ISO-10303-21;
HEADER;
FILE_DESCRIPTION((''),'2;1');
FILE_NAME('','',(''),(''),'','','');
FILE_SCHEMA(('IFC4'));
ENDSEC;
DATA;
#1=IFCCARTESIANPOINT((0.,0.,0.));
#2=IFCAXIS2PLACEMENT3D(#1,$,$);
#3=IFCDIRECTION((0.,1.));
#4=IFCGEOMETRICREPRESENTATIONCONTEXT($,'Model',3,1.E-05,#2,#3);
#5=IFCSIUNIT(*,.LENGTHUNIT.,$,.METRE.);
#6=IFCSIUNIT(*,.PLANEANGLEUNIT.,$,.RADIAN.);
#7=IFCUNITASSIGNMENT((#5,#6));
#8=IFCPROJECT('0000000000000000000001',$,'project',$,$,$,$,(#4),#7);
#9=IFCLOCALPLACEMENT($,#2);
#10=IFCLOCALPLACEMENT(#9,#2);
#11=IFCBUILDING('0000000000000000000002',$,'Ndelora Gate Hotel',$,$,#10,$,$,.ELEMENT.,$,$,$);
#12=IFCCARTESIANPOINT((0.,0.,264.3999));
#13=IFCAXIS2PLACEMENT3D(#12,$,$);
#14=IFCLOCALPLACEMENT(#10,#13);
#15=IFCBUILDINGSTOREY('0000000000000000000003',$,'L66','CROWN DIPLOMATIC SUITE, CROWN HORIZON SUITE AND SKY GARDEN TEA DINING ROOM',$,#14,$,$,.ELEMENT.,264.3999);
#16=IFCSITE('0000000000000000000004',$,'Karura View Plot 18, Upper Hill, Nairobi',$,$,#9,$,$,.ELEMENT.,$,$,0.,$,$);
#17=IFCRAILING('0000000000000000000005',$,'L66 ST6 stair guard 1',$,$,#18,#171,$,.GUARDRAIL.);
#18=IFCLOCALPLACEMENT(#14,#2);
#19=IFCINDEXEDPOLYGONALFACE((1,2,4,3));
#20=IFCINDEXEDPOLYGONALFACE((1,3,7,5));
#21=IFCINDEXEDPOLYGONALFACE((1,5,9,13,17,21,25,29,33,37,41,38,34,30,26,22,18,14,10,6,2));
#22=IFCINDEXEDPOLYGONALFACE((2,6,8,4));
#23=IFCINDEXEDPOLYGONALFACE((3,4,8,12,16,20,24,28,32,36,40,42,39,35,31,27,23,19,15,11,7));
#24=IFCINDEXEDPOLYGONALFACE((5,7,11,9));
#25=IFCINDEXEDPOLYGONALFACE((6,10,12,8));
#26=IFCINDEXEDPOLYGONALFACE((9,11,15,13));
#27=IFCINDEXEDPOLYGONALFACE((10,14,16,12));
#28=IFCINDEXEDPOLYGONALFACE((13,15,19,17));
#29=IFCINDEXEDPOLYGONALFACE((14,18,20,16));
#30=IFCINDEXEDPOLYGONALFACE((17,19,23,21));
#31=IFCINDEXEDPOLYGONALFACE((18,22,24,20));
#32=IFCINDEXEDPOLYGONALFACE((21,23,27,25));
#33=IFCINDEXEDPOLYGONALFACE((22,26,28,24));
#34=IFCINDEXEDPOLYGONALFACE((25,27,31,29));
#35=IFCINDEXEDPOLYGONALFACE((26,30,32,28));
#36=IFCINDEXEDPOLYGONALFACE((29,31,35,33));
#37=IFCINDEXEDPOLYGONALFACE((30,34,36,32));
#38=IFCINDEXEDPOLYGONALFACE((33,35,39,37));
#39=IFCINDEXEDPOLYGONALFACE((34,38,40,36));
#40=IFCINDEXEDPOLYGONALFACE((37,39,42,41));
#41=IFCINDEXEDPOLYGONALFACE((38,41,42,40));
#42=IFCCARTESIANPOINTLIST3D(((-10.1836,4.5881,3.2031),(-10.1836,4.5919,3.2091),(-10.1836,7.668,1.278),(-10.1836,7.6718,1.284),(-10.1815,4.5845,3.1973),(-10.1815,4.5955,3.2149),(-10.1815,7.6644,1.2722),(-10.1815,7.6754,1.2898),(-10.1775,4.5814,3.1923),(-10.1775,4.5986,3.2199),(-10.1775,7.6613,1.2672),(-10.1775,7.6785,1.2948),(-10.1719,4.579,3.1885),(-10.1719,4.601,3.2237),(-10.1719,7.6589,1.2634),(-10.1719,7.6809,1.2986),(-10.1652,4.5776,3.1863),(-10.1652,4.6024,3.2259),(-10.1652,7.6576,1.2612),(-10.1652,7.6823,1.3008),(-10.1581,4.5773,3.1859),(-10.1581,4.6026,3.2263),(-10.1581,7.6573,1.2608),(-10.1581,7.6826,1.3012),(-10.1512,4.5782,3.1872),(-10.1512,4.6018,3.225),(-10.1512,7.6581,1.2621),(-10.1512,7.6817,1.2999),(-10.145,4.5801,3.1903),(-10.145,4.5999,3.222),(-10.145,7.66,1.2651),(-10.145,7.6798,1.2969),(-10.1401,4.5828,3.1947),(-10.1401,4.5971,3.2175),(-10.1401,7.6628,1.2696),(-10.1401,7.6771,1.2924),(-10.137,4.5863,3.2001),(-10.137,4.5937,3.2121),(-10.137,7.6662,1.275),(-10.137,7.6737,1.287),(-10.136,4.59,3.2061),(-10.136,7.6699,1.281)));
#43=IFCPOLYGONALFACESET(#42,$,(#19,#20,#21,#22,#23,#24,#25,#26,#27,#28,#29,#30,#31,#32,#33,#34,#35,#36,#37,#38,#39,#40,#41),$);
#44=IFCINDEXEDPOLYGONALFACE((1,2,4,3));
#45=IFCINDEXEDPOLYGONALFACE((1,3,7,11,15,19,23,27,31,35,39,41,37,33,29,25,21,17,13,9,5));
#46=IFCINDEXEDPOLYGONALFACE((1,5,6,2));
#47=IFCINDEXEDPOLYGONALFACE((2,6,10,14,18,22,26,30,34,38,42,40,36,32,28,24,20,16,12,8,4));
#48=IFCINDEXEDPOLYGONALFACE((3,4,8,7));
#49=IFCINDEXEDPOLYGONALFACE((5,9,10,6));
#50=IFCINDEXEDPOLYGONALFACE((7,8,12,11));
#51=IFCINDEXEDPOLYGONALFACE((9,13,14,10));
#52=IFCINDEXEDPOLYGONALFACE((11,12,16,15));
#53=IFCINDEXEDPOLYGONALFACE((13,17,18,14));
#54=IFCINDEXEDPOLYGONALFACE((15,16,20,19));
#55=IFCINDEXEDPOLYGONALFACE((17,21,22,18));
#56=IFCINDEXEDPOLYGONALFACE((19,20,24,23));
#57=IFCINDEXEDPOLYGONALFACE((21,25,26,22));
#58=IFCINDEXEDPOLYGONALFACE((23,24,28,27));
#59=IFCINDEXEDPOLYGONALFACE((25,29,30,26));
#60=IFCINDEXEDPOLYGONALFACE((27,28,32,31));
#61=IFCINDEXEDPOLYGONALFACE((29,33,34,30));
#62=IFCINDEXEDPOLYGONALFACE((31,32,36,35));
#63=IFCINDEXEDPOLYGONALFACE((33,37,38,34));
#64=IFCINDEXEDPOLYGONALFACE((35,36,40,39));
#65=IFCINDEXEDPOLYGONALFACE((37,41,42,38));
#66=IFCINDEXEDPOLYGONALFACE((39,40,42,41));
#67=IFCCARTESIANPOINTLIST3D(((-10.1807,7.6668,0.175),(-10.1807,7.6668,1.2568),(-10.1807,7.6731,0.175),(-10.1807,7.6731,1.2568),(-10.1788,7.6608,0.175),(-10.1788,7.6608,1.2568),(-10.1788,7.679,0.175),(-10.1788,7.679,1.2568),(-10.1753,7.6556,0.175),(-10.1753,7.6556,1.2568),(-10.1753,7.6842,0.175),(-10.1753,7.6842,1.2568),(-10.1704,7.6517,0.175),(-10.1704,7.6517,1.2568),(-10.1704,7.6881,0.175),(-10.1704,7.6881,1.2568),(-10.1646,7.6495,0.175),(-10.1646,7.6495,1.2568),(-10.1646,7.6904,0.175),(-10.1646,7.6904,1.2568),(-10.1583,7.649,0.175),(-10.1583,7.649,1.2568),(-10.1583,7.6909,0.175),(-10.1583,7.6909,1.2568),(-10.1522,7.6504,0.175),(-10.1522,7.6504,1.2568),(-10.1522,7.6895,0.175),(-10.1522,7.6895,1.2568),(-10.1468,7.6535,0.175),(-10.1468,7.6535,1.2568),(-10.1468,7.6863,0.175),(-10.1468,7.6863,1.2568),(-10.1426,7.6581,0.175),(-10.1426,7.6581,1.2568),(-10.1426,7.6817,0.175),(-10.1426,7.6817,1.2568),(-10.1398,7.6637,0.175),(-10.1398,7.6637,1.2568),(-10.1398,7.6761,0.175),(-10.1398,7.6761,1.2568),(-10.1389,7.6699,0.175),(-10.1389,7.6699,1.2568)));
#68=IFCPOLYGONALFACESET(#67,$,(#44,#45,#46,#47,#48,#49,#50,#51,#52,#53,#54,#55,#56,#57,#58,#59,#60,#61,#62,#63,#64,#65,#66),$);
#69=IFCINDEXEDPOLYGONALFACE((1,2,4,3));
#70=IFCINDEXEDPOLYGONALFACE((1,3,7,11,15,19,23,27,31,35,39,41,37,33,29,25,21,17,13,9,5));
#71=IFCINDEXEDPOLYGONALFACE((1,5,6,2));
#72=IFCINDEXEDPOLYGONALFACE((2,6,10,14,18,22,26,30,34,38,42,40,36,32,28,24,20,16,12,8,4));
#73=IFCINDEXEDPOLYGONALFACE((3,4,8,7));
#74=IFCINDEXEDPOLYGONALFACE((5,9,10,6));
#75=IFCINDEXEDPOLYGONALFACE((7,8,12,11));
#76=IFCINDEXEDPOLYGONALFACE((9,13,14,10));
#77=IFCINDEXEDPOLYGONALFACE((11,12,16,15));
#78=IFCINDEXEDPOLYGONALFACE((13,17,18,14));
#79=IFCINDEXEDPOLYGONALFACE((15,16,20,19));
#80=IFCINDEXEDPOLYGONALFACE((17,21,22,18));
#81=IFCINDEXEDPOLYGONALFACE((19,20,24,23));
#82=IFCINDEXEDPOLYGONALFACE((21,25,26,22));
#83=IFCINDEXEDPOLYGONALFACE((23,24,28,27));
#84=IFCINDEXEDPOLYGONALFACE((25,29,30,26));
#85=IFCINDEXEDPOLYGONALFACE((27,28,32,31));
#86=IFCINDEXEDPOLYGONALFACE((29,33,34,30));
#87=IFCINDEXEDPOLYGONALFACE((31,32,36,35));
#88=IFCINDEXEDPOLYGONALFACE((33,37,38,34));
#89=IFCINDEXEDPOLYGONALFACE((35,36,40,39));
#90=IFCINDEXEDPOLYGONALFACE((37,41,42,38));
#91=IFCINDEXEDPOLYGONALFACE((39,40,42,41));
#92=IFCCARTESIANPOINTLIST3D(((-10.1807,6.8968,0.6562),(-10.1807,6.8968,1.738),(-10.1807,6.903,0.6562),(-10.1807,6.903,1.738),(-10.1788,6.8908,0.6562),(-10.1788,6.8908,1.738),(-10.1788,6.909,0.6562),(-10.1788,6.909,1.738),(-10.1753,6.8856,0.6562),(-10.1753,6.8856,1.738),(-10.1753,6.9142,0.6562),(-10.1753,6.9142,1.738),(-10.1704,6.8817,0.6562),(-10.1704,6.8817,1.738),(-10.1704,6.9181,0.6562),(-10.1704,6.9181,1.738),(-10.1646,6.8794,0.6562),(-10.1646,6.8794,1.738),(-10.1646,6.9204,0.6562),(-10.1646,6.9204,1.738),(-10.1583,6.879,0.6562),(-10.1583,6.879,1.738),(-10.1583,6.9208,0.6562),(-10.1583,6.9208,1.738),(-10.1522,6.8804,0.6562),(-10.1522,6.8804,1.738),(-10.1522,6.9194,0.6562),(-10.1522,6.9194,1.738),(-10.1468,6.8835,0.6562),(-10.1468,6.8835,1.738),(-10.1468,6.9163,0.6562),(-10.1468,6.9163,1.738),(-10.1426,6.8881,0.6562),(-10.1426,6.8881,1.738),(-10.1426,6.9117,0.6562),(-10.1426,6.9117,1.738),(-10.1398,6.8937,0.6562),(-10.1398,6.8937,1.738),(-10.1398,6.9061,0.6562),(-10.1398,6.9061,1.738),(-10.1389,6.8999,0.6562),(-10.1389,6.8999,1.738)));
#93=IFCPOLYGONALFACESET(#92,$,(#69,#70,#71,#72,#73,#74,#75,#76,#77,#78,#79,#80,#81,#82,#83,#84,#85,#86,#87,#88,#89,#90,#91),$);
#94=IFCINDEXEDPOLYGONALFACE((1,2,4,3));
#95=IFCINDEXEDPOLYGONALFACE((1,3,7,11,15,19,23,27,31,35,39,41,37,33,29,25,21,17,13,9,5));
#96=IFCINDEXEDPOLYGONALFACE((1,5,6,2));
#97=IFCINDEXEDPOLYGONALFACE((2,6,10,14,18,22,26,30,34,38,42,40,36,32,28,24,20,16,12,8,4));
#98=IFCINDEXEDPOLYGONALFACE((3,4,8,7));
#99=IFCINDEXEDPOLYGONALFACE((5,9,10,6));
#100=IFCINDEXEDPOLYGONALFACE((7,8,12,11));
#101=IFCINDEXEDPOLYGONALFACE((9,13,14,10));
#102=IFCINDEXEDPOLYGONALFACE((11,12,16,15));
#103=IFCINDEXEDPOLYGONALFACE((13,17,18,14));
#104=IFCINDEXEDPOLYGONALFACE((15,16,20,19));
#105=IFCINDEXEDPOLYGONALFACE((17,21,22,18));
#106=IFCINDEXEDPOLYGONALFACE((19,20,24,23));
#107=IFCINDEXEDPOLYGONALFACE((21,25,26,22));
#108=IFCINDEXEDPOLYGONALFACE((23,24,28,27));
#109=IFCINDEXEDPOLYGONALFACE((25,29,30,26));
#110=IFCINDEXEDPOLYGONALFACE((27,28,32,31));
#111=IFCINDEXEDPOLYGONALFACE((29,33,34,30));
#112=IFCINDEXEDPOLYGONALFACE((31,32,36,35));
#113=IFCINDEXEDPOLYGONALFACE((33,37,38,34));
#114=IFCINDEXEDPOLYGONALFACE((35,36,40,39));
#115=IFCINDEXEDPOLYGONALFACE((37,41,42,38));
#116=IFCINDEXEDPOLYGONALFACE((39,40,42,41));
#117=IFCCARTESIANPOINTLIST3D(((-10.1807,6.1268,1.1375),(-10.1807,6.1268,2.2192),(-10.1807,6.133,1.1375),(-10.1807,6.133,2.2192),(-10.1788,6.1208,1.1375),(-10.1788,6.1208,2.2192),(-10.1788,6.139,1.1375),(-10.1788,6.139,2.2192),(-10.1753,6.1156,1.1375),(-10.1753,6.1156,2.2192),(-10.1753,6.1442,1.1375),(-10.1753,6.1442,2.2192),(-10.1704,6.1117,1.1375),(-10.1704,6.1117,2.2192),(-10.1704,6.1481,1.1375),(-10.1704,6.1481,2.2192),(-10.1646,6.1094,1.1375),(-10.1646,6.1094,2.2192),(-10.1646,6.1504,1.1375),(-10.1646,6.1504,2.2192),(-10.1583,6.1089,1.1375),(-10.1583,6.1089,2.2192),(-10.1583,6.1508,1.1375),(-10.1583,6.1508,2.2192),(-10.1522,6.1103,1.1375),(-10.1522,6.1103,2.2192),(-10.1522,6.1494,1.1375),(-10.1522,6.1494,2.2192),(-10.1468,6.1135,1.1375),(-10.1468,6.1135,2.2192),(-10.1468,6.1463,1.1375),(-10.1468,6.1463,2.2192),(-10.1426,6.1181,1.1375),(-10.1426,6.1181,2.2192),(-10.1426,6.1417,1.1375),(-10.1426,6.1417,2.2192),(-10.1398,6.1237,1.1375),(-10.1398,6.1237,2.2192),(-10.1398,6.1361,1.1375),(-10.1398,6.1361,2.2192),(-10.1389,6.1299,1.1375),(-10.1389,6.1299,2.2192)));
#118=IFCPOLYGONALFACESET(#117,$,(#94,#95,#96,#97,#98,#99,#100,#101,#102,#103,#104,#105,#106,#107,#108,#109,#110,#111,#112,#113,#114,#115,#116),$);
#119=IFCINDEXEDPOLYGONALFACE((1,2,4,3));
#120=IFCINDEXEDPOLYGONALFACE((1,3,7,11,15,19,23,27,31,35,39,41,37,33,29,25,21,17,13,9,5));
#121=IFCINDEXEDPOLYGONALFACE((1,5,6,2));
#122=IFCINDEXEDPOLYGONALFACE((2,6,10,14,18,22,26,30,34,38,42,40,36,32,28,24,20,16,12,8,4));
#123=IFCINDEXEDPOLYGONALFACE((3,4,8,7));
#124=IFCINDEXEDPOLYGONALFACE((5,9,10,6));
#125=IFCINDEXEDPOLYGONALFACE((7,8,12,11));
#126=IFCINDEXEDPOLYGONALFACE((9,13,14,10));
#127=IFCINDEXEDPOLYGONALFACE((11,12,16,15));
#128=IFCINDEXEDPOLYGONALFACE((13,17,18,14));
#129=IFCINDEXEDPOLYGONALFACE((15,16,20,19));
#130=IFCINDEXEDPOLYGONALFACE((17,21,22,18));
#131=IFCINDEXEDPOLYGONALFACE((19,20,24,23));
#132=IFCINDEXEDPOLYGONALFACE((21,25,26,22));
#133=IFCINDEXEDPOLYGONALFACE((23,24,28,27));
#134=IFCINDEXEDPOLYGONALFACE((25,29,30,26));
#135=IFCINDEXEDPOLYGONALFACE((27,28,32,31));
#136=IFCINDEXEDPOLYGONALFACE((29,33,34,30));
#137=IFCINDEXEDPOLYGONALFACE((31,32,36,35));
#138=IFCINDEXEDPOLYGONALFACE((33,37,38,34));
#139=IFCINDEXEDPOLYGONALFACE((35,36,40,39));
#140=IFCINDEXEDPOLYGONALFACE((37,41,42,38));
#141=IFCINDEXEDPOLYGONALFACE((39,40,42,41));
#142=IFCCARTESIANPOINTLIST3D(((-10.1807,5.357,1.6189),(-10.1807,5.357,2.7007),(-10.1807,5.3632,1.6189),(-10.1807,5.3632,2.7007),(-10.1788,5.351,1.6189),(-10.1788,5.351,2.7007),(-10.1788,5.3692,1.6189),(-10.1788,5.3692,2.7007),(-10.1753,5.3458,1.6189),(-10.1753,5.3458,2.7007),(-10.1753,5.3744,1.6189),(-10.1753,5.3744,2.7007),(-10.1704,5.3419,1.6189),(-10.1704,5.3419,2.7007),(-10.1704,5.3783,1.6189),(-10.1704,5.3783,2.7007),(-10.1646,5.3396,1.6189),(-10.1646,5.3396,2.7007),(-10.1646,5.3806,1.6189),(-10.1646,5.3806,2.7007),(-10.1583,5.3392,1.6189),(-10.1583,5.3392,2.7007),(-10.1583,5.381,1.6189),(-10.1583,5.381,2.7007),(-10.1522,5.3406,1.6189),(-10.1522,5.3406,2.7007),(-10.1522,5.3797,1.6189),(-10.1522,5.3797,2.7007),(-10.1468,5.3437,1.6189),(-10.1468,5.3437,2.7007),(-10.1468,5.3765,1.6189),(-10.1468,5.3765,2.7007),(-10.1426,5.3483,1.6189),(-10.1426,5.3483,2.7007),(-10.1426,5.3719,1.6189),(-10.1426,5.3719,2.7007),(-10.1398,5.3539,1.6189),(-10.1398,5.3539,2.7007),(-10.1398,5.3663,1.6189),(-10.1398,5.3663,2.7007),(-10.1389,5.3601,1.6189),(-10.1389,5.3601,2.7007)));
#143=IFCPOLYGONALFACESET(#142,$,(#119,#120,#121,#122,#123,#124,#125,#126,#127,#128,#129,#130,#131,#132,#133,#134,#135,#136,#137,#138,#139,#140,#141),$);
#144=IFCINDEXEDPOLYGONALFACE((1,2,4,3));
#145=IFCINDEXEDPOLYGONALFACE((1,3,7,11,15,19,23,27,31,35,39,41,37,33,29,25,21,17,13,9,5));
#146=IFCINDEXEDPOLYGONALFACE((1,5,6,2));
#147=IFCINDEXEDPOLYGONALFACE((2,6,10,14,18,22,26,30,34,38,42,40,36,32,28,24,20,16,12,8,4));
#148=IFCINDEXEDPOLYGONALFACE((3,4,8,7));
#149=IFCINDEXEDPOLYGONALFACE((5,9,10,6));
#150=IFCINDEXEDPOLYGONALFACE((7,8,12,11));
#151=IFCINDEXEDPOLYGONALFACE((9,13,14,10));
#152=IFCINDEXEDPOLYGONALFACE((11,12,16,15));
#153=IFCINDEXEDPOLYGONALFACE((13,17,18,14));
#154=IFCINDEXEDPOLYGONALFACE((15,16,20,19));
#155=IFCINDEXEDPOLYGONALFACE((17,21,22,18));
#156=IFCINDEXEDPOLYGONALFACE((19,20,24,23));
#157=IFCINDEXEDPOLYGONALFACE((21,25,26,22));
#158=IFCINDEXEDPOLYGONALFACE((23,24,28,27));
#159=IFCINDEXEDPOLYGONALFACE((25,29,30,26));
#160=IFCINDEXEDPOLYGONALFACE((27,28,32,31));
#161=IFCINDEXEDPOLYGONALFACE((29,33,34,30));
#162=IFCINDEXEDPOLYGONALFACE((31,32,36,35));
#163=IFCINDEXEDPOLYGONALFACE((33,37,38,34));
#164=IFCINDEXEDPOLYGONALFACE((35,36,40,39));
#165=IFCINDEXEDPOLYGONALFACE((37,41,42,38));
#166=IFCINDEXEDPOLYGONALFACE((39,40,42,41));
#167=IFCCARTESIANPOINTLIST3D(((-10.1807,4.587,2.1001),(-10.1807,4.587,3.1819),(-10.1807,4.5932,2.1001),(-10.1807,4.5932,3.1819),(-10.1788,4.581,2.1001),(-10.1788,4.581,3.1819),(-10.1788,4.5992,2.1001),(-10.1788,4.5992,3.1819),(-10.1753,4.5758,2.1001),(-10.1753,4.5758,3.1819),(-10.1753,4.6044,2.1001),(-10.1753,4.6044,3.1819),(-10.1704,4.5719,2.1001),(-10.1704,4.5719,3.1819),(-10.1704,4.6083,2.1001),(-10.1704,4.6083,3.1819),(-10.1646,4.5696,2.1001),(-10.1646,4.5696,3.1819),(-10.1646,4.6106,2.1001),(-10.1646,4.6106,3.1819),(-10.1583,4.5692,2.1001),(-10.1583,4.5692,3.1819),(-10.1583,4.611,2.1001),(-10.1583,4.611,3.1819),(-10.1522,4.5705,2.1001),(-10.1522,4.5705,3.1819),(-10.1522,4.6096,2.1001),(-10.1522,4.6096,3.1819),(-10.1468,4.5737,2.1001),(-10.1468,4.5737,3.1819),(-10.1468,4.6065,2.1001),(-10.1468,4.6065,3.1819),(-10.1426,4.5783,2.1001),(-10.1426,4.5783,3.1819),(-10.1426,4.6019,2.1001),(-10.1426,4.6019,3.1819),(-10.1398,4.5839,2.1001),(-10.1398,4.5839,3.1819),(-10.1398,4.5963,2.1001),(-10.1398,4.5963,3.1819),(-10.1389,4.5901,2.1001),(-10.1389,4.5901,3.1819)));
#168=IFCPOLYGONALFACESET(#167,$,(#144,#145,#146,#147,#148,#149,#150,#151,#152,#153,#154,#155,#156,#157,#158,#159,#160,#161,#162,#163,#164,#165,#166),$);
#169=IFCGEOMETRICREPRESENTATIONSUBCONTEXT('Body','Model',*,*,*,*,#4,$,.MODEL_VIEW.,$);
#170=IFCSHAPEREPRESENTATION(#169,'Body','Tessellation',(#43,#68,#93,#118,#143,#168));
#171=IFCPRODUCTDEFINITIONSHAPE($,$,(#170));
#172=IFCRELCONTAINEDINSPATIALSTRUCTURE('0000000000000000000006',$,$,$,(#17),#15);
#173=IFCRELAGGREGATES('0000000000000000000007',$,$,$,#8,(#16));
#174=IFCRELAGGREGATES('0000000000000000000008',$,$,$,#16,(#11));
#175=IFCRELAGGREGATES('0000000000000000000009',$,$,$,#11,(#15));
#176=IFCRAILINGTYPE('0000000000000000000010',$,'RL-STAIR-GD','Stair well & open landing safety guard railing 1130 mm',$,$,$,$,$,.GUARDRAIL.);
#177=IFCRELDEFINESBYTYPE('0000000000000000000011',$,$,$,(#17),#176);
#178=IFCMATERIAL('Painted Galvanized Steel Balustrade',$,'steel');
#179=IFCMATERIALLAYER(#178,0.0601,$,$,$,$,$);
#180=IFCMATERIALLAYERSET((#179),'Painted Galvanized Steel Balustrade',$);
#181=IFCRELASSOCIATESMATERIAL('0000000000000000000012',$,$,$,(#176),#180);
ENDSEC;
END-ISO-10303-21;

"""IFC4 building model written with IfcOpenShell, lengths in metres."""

from ifc_helpers import new_model, si_unit, direction, frame, origin, origin_2d, place, context, subcontext, project, spatial, circle, extrude, material, layer, layer_set, type_object, element, save


model = new_model("IFC4")

# Units and contexts
model_context = context("Model", 3, precision=1e-05, world=origin(), true_north=direction((0.0, 1.0)))
body_context = subcontext(model_context, "Body", "Model", "MODEL_VIEW")
ifc_project = project(units=[si_unit("LENGTHUNIT", "METRE"), si_unit("PLANEANGLEUNIT", "RADIAN")], contexts=[model_context])

# Site, building, storey
site_placement = place(None, origin())
site = spatial("IfcSite", under=ifc_project, at=site_placement, Name="Karura View Plot 18, Upper Hill, Nairobi", CompositionType="ELEMENT", RefElevation=0.0)
building_placement = place(site_placement, origin())
building = spatial("IfcBuilding", under=site, at=building_placement, Name="Ndelora Gate Hotel", CompositionType="ELEMENT")
storey_placement = place(building_placement, frame((0.0, 0.0, 264.3999)))
storey = spatial("IfcBuildingStorey", under=building, at=storey_placement, Name="L66", Description="CROWN DIPLOMATIC SUITE, CROWN HORIZON SUITE AND SKY GARDEN TEA DINING ROOM", CompositionType="ELEMENT", Elevation=264.3999)

# Railing
ifc_material_1 = material(Name="Painted Galvanized Steel Balustrade", Category="steel")
ifc_layer_1 = layer(ifc_material_1, 0.0601)
ifc_layer_set_1 = layer_set([ifc_layer_1], Name="Painted Galvanized Steel Balustrade")
railing_type_1 = type_object("IfcRailingType", Name="RL-STAIR-GD", Description="Stair well & open landing safety guard railing 1130 mm", PredefinedType="GUARDRAIL", material=ifc_layer_set_1)
railing_1_placement = place(storey_placement, frame((-10.1599, 7.6699, 0.175)))
element("IfcRailing", 1, at=railing_1_placement, inside=storey, type_object=railing_type_1, Name="L66 ST6 stair guard 1", PredefinedType="GUARDRAIL", context=body_context, shape_type="SweptSolid", body=[
    extrude(circle(Radius=0.0239, at=origin_2d()), frame((0.0, 0.0, 1.106), z_axis=(0.0, -0.847979, 0.530029), x_axis=(1.0, 0.0, 0.0)), (0.0, 0.0, 1.0), 3.6321),
    extrude(circle(Radius=0.021, at=origin_2d()), origin(), (0.0, 0.0, 1.0), 1.0818),
    extrude(circle(Radius=0.021, at=origin_2d()), frame((0.0, -0.77, 0.4812)), (0.0, 0.0, 1.0), 1.0818),
    extrude(circle(Radius=0.021, at=origin_2d()), frame((0.0, -1.54, 0.9624)), (0.0, 0.0, 1.0), 1.0818),
    extrude(circle(Radius=0.021, at=origin_2d()), frame((0.0, -2.3098, 1.4438)), (0.0, 0.0, 1.0), 1.0818),
    extrude(circle(Radius=0.021, at=origin_2d()), frame((0.0, -3.0798, 1.925)), (0.0, 0.0, 1.0), 1.0818),
])

save(model, "model.ifc")
